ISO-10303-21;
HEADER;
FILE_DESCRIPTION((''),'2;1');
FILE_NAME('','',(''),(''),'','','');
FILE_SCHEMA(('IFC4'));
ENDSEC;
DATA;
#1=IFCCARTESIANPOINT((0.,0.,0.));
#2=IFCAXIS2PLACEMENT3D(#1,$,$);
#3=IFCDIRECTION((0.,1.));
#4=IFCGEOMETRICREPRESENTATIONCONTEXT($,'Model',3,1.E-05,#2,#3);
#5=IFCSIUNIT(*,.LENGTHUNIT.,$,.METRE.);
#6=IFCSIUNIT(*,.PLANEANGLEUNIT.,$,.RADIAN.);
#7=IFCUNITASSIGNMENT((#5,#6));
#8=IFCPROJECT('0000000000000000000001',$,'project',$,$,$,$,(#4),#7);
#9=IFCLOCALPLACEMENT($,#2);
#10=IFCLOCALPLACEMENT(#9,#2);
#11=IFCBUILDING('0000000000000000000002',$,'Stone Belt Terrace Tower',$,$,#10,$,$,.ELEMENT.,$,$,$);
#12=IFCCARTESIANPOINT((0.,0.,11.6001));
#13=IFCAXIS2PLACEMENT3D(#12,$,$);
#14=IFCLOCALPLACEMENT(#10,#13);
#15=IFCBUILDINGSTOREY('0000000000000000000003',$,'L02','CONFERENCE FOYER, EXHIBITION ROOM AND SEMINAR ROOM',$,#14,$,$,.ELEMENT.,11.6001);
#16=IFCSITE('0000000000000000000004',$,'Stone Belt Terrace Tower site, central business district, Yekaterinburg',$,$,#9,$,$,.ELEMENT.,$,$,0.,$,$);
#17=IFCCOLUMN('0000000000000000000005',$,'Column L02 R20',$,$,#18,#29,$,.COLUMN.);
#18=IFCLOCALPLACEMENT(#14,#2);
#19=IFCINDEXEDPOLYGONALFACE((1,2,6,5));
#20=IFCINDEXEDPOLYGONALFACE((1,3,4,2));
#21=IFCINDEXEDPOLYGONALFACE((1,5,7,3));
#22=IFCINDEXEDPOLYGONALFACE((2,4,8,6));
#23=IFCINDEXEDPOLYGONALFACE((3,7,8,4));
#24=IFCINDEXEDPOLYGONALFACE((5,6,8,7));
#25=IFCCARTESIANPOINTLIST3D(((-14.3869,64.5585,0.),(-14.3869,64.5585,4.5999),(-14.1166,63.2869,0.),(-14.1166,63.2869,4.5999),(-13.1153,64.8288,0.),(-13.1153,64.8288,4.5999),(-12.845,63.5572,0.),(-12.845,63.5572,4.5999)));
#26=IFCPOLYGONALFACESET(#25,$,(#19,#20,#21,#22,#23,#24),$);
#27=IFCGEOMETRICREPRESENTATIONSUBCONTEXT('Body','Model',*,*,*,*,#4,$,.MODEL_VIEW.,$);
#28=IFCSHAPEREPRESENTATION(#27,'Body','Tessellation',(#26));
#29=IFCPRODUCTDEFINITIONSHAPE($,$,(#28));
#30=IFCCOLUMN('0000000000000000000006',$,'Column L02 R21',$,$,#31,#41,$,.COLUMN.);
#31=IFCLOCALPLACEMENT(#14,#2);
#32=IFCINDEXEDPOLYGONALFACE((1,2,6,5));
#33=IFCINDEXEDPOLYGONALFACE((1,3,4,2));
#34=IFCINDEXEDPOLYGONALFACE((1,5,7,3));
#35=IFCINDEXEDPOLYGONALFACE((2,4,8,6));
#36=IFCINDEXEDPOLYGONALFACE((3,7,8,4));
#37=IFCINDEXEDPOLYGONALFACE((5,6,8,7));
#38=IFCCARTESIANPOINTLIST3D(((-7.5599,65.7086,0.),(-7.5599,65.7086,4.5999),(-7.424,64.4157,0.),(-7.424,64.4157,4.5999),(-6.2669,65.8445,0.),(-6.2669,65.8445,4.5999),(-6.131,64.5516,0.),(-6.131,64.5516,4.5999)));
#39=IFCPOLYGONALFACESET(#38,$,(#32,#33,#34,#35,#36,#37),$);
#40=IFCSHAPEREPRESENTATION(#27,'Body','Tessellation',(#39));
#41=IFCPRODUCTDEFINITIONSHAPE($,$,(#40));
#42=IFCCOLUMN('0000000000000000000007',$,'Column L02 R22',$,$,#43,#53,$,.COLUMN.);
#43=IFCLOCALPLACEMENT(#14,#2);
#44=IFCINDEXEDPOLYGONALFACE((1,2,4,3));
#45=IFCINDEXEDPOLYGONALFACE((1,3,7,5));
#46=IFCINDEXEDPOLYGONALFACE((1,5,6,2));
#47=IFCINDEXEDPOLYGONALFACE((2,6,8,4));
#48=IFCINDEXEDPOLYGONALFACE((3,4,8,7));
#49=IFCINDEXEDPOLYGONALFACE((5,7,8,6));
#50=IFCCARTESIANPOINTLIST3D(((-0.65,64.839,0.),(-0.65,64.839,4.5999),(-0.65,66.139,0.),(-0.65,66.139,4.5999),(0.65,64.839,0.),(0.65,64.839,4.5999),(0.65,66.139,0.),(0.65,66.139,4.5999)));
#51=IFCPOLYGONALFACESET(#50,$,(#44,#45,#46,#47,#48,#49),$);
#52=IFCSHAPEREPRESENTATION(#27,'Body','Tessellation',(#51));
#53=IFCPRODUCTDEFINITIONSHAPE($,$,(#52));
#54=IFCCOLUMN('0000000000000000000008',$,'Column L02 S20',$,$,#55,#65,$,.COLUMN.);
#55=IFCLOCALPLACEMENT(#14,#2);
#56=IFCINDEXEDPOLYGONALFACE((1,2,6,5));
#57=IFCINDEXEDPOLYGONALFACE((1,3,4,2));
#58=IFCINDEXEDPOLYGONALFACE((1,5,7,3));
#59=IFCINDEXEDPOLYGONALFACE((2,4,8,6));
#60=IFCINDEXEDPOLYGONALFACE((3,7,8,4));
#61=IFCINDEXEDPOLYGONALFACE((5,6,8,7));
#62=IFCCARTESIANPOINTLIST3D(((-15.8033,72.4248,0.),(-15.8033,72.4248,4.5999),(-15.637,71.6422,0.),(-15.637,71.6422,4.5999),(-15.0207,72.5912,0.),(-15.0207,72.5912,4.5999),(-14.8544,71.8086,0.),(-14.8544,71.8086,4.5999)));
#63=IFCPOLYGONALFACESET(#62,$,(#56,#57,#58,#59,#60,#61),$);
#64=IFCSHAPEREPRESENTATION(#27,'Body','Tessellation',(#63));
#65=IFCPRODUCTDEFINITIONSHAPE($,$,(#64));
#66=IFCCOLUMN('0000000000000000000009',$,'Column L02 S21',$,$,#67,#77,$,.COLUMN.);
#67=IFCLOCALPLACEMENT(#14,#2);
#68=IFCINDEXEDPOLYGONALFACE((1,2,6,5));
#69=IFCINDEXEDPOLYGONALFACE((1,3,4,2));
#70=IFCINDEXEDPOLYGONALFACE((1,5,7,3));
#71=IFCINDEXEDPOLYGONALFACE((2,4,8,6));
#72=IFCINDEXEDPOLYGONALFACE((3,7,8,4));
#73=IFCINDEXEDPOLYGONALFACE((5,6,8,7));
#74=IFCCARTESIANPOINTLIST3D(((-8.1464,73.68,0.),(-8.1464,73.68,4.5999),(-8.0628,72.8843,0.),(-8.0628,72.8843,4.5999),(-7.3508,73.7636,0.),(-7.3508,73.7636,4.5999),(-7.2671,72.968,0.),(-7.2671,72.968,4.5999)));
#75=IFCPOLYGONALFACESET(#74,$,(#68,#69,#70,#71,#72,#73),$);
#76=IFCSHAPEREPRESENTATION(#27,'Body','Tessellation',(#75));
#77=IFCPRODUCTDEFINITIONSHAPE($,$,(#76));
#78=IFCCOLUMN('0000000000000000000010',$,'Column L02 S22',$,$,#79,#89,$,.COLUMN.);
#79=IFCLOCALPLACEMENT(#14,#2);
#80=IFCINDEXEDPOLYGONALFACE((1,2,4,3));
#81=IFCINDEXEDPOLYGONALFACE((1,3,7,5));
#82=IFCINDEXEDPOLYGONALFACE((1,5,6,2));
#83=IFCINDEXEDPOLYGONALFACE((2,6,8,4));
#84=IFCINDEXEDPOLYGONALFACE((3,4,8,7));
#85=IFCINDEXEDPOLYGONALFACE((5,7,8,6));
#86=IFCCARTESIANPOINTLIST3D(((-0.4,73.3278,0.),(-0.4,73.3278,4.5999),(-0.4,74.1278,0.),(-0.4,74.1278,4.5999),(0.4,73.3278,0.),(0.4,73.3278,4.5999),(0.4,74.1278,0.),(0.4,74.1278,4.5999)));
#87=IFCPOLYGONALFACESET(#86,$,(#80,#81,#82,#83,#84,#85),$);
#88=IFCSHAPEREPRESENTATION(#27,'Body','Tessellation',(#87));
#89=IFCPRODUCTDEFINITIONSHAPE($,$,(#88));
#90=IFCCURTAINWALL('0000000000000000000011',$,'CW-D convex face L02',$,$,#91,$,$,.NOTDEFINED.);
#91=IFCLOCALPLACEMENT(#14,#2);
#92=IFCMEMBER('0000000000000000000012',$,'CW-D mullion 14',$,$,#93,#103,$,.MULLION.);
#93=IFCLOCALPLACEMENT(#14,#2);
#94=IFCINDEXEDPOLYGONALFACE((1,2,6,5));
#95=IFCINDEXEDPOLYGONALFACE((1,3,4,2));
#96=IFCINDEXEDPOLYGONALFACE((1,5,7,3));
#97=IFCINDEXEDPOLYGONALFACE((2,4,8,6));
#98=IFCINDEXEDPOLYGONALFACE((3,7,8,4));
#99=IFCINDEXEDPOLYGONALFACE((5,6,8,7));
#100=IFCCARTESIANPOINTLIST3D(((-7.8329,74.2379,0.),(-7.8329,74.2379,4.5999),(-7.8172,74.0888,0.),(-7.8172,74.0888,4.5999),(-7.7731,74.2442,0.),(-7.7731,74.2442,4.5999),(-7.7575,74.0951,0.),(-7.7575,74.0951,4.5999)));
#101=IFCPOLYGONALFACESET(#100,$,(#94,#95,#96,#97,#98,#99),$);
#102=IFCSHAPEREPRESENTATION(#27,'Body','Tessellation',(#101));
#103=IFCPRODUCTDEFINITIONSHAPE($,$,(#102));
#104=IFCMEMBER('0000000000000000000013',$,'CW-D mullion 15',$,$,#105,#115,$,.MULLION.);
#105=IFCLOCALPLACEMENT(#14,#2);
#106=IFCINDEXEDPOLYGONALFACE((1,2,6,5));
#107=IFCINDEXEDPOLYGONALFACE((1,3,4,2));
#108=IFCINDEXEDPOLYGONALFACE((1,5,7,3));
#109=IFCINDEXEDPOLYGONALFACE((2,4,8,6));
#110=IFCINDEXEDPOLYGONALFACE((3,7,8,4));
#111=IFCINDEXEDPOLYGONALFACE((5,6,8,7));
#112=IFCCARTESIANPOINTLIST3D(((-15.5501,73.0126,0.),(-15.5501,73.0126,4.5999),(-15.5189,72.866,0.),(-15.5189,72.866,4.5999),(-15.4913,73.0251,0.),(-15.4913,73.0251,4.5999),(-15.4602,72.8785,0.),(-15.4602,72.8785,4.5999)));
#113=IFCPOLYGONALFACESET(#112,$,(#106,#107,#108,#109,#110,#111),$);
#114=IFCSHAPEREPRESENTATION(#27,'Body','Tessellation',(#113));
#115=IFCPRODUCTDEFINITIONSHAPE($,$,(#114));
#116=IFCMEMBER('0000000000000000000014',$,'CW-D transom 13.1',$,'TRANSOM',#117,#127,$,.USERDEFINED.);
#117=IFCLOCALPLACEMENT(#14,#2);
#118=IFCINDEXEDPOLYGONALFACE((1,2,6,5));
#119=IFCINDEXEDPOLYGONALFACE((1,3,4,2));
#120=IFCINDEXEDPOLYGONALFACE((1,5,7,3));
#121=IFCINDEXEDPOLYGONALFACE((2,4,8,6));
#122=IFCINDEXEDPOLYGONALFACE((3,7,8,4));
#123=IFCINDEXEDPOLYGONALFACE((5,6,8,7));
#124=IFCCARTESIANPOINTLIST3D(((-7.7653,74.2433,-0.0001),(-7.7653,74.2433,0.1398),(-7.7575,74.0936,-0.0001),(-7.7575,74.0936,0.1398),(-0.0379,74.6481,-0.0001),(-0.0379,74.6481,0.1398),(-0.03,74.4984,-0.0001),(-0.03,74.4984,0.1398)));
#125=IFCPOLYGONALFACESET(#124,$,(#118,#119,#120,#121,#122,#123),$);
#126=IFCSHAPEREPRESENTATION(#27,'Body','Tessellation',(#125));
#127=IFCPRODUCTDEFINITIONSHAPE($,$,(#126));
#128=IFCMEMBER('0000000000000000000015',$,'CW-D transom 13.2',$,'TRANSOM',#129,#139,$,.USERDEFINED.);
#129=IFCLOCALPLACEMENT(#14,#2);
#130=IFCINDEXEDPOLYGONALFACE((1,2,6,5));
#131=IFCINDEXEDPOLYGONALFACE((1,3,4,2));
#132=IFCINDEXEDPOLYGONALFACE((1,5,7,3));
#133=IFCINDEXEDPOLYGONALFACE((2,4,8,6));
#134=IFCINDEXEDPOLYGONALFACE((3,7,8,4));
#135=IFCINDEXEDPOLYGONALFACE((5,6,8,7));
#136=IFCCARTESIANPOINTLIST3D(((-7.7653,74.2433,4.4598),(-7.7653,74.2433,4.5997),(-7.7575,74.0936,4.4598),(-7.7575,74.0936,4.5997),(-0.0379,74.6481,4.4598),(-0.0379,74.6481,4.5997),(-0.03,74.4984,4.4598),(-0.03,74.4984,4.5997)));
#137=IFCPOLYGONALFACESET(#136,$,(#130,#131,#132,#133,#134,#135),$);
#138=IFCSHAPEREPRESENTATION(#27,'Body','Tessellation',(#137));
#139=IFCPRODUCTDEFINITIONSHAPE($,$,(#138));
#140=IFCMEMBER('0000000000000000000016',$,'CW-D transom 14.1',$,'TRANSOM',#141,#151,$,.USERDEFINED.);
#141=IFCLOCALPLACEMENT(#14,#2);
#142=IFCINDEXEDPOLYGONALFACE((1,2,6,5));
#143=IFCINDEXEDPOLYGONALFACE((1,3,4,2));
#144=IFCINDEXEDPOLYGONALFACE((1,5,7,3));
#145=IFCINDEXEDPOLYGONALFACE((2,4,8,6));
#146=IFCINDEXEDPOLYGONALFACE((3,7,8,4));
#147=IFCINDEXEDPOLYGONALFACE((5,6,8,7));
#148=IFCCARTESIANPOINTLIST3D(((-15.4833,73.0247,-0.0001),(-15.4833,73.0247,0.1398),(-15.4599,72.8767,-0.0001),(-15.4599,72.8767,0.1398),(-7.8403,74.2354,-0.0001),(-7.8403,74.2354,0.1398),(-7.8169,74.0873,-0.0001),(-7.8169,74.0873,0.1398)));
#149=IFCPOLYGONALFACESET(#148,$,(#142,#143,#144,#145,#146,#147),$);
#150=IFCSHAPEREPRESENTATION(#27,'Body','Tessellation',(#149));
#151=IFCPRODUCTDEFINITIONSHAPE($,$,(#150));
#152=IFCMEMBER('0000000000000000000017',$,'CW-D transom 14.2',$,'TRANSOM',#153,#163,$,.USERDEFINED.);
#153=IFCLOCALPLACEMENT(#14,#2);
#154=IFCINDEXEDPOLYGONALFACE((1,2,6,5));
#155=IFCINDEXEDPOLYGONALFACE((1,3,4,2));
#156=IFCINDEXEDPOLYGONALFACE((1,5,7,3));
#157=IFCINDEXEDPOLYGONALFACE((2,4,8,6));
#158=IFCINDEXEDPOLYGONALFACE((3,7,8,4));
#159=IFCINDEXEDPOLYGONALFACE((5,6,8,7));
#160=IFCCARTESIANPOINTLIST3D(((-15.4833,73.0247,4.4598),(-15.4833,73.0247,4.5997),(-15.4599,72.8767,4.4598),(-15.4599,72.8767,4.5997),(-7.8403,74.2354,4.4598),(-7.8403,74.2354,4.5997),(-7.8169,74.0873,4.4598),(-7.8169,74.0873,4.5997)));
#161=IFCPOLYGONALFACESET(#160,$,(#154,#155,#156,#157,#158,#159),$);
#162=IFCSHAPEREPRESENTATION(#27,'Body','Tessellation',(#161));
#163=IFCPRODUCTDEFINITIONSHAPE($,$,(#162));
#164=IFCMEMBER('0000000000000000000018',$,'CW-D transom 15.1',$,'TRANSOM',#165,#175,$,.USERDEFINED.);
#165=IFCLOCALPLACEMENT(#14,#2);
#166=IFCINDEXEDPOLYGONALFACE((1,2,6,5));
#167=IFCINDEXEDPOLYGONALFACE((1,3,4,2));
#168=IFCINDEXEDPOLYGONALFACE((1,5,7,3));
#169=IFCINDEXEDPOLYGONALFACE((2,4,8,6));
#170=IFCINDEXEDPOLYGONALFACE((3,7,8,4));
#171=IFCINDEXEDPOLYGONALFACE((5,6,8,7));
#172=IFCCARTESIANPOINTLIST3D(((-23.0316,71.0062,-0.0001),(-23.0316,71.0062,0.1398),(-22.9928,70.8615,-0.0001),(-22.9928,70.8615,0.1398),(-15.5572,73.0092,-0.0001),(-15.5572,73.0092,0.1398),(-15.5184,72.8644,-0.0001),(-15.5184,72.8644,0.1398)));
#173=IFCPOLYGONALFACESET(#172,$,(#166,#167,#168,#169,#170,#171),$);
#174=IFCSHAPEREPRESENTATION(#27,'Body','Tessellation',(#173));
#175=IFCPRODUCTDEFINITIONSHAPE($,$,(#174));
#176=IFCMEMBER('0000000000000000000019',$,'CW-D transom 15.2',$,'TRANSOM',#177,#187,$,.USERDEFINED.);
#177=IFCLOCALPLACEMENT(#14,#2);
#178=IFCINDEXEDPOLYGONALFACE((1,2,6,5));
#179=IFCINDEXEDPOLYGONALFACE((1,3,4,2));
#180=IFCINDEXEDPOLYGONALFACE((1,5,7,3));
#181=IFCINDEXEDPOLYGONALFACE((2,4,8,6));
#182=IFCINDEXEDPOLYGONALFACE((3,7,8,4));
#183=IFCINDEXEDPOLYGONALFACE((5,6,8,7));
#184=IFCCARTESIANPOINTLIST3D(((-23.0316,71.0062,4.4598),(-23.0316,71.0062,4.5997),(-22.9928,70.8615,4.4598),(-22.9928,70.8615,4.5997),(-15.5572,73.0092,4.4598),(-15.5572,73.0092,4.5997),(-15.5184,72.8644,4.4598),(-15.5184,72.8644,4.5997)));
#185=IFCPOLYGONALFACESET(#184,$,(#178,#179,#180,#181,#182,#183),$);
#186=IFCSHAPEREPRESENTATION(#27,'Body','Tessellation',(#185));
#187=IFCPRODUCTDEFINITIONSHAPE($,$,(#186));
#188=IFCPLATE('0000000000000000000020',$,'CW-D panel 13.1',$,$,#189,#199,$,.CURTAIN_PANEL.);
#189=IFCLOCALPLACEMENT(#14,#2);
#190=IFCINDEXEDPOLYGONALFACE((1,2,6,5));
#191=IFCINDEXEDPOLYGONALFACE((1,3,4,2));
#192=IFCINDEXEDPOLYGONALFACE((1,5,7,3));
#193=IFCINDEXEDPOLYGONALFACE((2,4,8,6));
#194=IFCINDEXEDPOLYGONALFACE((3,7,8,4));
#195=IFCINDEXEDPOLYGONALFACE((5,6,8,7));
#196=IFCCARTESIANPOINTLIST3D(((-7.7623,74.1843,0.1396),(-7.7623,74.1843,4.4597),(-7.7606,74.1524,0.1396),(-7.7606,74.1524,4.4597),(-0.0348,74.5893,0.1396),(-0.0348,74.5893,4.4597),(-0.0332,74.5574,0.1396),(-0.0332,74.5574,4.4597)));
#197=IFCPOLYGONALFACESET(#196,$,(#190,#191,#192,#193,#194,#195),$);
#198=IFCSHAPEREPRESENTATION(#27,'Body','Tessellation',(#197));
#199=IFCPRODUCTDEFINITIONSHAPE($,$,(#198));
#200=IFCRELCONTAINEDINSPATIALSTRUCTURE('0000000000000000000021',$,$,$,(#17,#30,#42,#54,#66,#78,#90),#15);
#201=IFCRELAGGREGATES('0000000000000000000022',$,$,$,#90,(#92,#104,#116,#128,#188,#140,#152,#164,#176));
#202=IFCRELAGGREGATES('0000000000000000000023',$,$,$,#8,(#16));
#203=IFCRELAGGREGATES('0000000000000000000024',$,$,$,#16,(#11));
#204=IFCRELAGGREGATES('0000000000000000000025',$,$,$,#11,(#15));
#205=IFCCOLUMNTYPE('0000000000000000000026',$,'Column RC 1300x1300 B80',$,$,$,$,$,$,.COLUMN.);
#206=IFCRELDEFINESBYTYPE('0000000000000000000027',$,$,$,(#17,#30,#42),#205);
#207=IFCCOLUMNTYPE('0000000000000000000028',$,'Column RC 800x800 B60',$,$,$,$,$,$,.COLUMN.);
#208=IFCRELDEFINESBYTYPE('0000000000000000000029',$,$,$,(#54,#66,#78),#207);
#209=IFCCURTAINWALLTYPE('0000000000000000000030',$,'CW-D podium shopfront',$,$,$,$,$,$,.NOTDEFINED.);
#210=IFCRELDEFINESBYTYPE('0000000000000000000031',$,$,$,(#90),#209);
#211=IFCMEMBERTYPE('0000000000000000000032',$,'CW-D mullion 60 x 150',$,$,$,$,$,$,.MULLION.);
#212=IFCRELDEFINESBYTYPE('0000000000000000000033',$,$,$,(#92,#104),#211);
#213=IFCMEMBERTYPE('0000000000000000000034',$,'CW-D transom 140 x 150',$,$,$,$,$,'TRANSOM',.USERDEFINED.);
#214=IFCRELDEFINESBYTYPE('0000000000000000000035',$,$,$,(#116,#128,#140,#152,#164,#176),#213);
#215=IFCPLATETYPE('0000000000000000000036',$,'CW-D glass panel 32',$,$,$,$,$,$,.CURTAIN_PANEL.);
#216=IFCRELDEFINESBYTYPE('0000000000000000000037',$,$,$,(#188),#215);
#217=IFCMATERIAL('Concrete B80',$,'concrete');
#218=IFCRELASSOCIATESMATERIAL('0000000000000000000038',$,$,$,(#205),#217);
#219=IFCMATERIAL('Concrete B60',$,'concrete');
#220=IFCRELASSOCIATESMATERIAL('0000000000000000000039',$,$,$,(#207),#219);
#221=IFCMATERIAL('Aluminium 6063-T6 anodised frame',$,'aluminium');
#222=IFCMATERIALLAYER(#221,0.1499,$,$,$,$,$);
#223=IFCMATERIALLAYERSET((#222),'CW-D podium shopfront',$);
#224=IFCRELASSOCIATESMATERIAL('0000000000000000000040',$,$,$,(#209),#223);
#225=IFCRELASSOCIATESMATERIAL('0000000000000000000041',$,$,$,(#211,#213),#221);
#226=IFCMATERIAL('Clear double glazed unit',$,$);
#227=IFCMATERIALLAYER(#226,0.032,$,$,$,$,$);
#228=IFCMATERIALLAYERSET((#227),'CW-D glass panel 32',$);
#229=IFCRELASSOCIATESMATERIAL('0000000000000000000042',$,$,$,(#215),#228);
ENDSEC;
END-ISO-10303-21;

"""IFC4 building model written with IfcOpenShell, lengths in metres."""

from ifc_helpers import new_model, si_unit, direction, frame, origin, origin_2d, place, context, subcontext, project, spatial, rectangle, extrude, material, layer, layer_set, material_profile, profile_set, type_object, element, aggregate, save


model = new_model("IFC4")

# Units and contexts
model_context = context("Model", 3, precision=1e-05, world=origin(), true_north=direction((0.0, 1.0)))
body_context = subcontext(model_context, "Body", "Model", "MODEL_VIEW")
ifc_project = project(units=[si_unit("LENGTHUNIT", "METRE"), si_unit("PLANEANGLEUNIT", "RADIAN")], contexts=[model_context])

# Site, building, storey
site_placement = place(None, origin())
site = spatial("IfcSite", under=ifc_project, at=site_placement, Name="Stone Belt Terrace Tower site, central business district, Yekaterinburg", CompositionType="ELEMENT", RefElevation=0.0)
building_placement = place(site_placement, origin())
building = spatial("IfcBuilding", under=site, at=building_placement, Name="Stone Belt Terrace Tower", CompositionType="ELEMENT")
storey_placement = place(building_placement, frame((0.0, 0.0, 11.6001)))
storey = spatial("IfcBuildingStorey", under=building, at=storey_placement, Name="L02", Description="CONFERENCE FOYER, EXHIBITION ROOM AND SEMINAR ROOM", CompositionType="ELEMENT", Elevation=11.6001)

# Columns
ifc_material_1 = material(Name="Concrete B80", Category="concrete")
ifc_material_profile_1 = material_profile(ifc_material_1, rectangle(XDim=1.3, YDim=1.3, at=origin_2d()), Name="RC 1300x1300")
ifc_profile_set_1 = profile_set([ifc_material_profile_1], Name="Concrete B80")
column_type_1 = type_object("IfcColumnType", Name="Column RC 1300x1300 B80", PredefinedType="COLUMN", material=ifc_profile_set_1)
for number, where, z_axis, x_axis, name in (
    (1, (-13.616, 64.0579, 0.0), (0.0, 0.0, 1.0), (0.978148, 0.207912, 0.0), "Column L02 R20"),
    (2, (-6.8455, 65.1301, 0.0), (0.0, 0.0, 1.0), (0.994522, 0.104528, 0.0), "Column L02 R21"),
    (3, (0.0, 65.489, 0.0), (0.0, 0.0, 1.0), (1.0, 0.0, 0.0), "Column L02 R22"),
):
    element("IfcColumn", number, at=place(storey_placement, frame(where, z_axis=z_axis, x_axis=x_axis)), inside=storey, type_object=column_type_1, Name=name, PredefinedType="COLUMN", context=body_context, shape_type="SweptSolid", body=[
        extrude(rectangle(XDim=1.3, YDim=1.3, at=origin_2d()), origin(), (0.0, 0.0, 1.0), 4.5999),
    ])
ifc_material_2 = material(Name="Concrete B60", Category="concrete")
ifc_material_profile_2 = material_profile(ifc_material_2, rectangle(XDim=0.8, YDim=0.8, at=origin_2d()), Name="RC 800x800")
ifc_profile_set_2 = profile_set([ifc_material_profile_2], Name="Concrete B60")
column_type_2 = type_object("IfcColumnType", Name="Column RC 800x800 B60", PredefinedType="COLUMN", material=ifc_profile_set_2)
for number, where, z_axis, x_axis, name in (
    (4, (-15.3289, 72.1167, 0.0), (0.0, 0.0, 1.0), (0.978148, 0.207912, 0.0), "Column L02 S20"),
    (5, (-7.7068, 73.324, 0.0), (0.0, 0.0, 1.0), (0.994522, 0.104528, 0.0), "Column L02 S21"),
    (6, (0.0, 73.7278, 0.0), (0.0, 0.0, 1.0), (1.0, 0.0, 0.0), "Column L02 S22"),
):
    element("IfcColumn", number, at=place(storey_placement, frame(where, z_axis=z_axis, x_axis=x_axis)), inside=storey, type_object=column_type_2, Name=name, PredefinedType="COLUMN", context=body_context, shape_type="SweptSolid", body=[
        extrude(rectangle(XDim=0.8, YDim=0.8, at=origin_2d()), origin(), (0.0, 0.0, 1.0), 4.5999),
    ])

# Curtain wall, members, plate
ifc_material_3 = material(Name="Aluminium 6063-T6 anodised frame", Category="aluminium")
ifc_layer_1 = layer(ifc_material_3, 0.1499)
ifc_layer_set_1 = layer_set([ifc_layer_1], Name="CW-D podium shopfront")
curtain_wall_type = type_object("IfcCurtainWallType", Name="CW-D podium shopfront", PredefinedType="NOTDEFINED", material=ifc_layer_set_1)
curtain_wall_placement = place(storey_placement, origin())
curtain_wall = element("IfcCurtainWall", 7, at=curtain_wall_placement, inside=storey, type_object=curtain_wall_type, Name="CW-D convex face L02", PredefinedType="NOTDEFINED")
ifc_material_profile_3 = material_profile(ifc_material_3, rectangle(XDim=0.1499, YDim=0.0601, at=origin_2d()), Name="Aluminium 6063-T6 60x150")
ifc_profile_set_3 = profile_set([ifc_material_profile_3], Name="Aluminium 6063-T6 anodised frame")
member_type_1 = type_object("IfcMemberType", Name="CW-D mullion 60 x 150", PredefinedType="MULLION", material=ifc_profile_set_3)
member_1_placement = place(storey_placement, frame((-7.7952, 74.1665, 0.0), z_axis=(0.0, 0.0, 1.0), x_axis=(0.104528, -0.994522, 0.0)))
member_1 = element("IfcMember", 8, at=member_1_placement, type_object=member_type_1, Name="CW-D mullion 14", PredefinedType="MULLION", context=body_context, shape_type="SweptSolid", body=[
    extrude(rectangle(XDim=0.1499, YDim=0.0601, at=origin_2d()), origin(), (0.0, 0.0, 1.0), 4.5999),
])
member_2_placement = place(storey_placement, frame((-15.5051, 72.9456, 0.0), z_axis=(0.0, 0.0, 1.0), x_axis=(0.207912, -0.978148, 0.0)))
member_2 = element("IfcMember", 9, at=member_2_placement, type_object=member_type_1, Name="CW-D mullion 15", PredefinedType="MULLION", context=body_context, shape_type="SweptSolid", body=[
    extrude(rectangle(XDim=0.1499, YDim=0.0601, at=origin_2d()), origin(), (0.0, 0.0, 1.0), 4.5999),
])
ifc_material_profile_4 = material_profile(ifc_material_3, rectangle(XDim=0.1499, YDim=0.1399, at=origin_2d()), Name="Aluminium 6063-T6 150x140")
ifc_profile_set_4 = profile_set([ifc_material_profile_4], Name="Aluminium 6063-T6 anodised frame")
member_type_2 = type_object("IfcMemberType", Name="CW-D transom 140 x 150", ElementType="TRANSOM", PredefinedType="USERDEFINED", material=ifc_profile_set_4)
member_3_placement = place(storey_placement, frame((-0.0339, 74.5732, 0.0698), z_axis=(-0.998631, -0.05231, 0.0), x_axis=(0.05231, -0.998631, 0.0)))
member_3 = element("IfcMember", 10, at=member_3_placement, type_object=member_type_2, Name="CW-D transom 13.1", ObjectType="TRANSOM", PredefinedType="USERDEFINED", context=body_context, shape_type="SweptSolid", body=[
    extrude(rectangle(XDim=0.1499, YDim=0.1399, at=origin_2d()), origin(), (0.0, 0.0, 1.0), 7.738),
])
member_4_placement = place(storey_placement, frame((-0.0339, 74.5732, 4.5298), z_axis=(-0.998631, -0.05231, 0.0), x_axis=(0.05231, -0.998631, 0.0)))
member_4 = element("IfcMember", 11, at=member_4_placement, type_object=member_type_2, Name="CW-D transom 13.2", ObjectType="TRANSOM", PredefinedType="USERDEFINED", context=body_context, shape_type="SweptSolid", body=[
    extrude(rectangle(XDim=0.1499, YDim=0.1399, at=origin_2d()), origin(), (0.0, 0.0, 1.0), 7.738),
])
member_5_placement = place(storey_placement, frame((-7.8286, 74.1614, 0.0698), z_axis=(-0.987685, -0.156453, 0.0), x_axis=(0.156453, -0.987685, 0.0)))
member_5 = element("IfcMember", 12, at=member_5_placement, type_object=member_type_2, Name="CW-D transom 14.1", ObjectType="TRANSOM", PredefinedType="USERDEFINED", context=body_context, shape_type="SweptSolid", body=[
    extrude(rectangle(XDim=0.1499, YDim=0.1399, at=origin_2d()), origin(), (0.0, 0.0, 1.0), 7.7383),
])
member_6_placement = place(storey_placement, frame((-7.8286, 74.1614, 4.5298), z_axis=(-0.987685, -0.156453, 0.0), x_axis=(0.156453, -0.987685, 0.0)))
member_6 = element("IfcMember", 13, at=member_6_placement, type_object=member_type_2, Name="CW-D transom 14.2", ObjectType="TRANSOM", PredefinedType="USERDEFINED", context=body_context, shape_type="SweptSolid", body=[
    extrude(rectangle(XDim=0.1499, YDim=0.1399, at=origin_2d()), origin(), (0.0, 0.0, 1.0), 7.7383),
])
member_7_placement = place(storey_placement, frame((-15.5378, 72.9368, 0.0698), z_axis=(-0.96592, -0.258841, 0.0), x_axis=(0.258841, -0.96592, 0.0)))
member_7 = element("IfcMember", 14, at=member_7_placement, type_object=member_type_2, Name="CW-D transom 15.1", ObjectType="TRANSOM", PredefinedType="USERDEFINED", context=body_context, shape_type="SweptSolid", body=[
    extrude(rectangle(XDim=0.1499, YDim=0.1399, at=origin_2d()), origin(), (0.0, 0.0, 1.0), 7.738),
])
member_8_placement = place(storey_placement, frame((-15.5378, 72.9368, 4.5298), z_axis=(-0.96592, -0.258841, 0.0), x_axis=(0.258841, -0.96592, 0.0)))
member_8 = element("IfcMember", 15, at=member_8_placement, type_object=member_type_2, Name="CW-D transom 15.2", ObjectType="TRANSOM", PredefinedType="USERDEFINED", context=body_context, shape_type="SweptSolid", body=[
    extrude(rectangle(XDim=0.1499, YDim=0.1399, at=origin_2d()), origin(), (0.0, 0.0, 1.0), 7.738),
])
ifc_material_4 = material(Name="Clear double glazed unit")
ifc_layer_2 = layer(ifc_material_4, 0.032)
ifc_layer_set_2 = layer_set([ifc_layer_2], Name="CW-D glass panel 32")
plate_type = type_object("IfcPlateType", Name="CW-D glass panel 32", PredefinedType="CURTAIN_PANEL", material=ifc_layer_set_2)
plate_1_placement = place(storey_placement, frame((-3.8977, 74.3708, 0.1396), z_axis=(0.0, 0.0, 1.0), x_axis=(-0.99863, -0.052336, 0.0)))
plate_1 = element("IfcPlate", 16, at=plate_1_placement, type_object=plate_type, Name="CW-D panel 13.1", PredefinedType="CURTAIN_PANEL", context=body_context, shape_type="SweptSolid", body=[
    extrude(rectangle(XDim=7.738, YDim=0.032, at=origin_2d()), origin(), (0.0, 0.0, 1.0), 4.3201),
])
aggregate(curtain_wall, [member_1, member_2, member_3, member_4, plate_1, member_5, member_6, member_7, member_8])

save(model, "model.ifc")
